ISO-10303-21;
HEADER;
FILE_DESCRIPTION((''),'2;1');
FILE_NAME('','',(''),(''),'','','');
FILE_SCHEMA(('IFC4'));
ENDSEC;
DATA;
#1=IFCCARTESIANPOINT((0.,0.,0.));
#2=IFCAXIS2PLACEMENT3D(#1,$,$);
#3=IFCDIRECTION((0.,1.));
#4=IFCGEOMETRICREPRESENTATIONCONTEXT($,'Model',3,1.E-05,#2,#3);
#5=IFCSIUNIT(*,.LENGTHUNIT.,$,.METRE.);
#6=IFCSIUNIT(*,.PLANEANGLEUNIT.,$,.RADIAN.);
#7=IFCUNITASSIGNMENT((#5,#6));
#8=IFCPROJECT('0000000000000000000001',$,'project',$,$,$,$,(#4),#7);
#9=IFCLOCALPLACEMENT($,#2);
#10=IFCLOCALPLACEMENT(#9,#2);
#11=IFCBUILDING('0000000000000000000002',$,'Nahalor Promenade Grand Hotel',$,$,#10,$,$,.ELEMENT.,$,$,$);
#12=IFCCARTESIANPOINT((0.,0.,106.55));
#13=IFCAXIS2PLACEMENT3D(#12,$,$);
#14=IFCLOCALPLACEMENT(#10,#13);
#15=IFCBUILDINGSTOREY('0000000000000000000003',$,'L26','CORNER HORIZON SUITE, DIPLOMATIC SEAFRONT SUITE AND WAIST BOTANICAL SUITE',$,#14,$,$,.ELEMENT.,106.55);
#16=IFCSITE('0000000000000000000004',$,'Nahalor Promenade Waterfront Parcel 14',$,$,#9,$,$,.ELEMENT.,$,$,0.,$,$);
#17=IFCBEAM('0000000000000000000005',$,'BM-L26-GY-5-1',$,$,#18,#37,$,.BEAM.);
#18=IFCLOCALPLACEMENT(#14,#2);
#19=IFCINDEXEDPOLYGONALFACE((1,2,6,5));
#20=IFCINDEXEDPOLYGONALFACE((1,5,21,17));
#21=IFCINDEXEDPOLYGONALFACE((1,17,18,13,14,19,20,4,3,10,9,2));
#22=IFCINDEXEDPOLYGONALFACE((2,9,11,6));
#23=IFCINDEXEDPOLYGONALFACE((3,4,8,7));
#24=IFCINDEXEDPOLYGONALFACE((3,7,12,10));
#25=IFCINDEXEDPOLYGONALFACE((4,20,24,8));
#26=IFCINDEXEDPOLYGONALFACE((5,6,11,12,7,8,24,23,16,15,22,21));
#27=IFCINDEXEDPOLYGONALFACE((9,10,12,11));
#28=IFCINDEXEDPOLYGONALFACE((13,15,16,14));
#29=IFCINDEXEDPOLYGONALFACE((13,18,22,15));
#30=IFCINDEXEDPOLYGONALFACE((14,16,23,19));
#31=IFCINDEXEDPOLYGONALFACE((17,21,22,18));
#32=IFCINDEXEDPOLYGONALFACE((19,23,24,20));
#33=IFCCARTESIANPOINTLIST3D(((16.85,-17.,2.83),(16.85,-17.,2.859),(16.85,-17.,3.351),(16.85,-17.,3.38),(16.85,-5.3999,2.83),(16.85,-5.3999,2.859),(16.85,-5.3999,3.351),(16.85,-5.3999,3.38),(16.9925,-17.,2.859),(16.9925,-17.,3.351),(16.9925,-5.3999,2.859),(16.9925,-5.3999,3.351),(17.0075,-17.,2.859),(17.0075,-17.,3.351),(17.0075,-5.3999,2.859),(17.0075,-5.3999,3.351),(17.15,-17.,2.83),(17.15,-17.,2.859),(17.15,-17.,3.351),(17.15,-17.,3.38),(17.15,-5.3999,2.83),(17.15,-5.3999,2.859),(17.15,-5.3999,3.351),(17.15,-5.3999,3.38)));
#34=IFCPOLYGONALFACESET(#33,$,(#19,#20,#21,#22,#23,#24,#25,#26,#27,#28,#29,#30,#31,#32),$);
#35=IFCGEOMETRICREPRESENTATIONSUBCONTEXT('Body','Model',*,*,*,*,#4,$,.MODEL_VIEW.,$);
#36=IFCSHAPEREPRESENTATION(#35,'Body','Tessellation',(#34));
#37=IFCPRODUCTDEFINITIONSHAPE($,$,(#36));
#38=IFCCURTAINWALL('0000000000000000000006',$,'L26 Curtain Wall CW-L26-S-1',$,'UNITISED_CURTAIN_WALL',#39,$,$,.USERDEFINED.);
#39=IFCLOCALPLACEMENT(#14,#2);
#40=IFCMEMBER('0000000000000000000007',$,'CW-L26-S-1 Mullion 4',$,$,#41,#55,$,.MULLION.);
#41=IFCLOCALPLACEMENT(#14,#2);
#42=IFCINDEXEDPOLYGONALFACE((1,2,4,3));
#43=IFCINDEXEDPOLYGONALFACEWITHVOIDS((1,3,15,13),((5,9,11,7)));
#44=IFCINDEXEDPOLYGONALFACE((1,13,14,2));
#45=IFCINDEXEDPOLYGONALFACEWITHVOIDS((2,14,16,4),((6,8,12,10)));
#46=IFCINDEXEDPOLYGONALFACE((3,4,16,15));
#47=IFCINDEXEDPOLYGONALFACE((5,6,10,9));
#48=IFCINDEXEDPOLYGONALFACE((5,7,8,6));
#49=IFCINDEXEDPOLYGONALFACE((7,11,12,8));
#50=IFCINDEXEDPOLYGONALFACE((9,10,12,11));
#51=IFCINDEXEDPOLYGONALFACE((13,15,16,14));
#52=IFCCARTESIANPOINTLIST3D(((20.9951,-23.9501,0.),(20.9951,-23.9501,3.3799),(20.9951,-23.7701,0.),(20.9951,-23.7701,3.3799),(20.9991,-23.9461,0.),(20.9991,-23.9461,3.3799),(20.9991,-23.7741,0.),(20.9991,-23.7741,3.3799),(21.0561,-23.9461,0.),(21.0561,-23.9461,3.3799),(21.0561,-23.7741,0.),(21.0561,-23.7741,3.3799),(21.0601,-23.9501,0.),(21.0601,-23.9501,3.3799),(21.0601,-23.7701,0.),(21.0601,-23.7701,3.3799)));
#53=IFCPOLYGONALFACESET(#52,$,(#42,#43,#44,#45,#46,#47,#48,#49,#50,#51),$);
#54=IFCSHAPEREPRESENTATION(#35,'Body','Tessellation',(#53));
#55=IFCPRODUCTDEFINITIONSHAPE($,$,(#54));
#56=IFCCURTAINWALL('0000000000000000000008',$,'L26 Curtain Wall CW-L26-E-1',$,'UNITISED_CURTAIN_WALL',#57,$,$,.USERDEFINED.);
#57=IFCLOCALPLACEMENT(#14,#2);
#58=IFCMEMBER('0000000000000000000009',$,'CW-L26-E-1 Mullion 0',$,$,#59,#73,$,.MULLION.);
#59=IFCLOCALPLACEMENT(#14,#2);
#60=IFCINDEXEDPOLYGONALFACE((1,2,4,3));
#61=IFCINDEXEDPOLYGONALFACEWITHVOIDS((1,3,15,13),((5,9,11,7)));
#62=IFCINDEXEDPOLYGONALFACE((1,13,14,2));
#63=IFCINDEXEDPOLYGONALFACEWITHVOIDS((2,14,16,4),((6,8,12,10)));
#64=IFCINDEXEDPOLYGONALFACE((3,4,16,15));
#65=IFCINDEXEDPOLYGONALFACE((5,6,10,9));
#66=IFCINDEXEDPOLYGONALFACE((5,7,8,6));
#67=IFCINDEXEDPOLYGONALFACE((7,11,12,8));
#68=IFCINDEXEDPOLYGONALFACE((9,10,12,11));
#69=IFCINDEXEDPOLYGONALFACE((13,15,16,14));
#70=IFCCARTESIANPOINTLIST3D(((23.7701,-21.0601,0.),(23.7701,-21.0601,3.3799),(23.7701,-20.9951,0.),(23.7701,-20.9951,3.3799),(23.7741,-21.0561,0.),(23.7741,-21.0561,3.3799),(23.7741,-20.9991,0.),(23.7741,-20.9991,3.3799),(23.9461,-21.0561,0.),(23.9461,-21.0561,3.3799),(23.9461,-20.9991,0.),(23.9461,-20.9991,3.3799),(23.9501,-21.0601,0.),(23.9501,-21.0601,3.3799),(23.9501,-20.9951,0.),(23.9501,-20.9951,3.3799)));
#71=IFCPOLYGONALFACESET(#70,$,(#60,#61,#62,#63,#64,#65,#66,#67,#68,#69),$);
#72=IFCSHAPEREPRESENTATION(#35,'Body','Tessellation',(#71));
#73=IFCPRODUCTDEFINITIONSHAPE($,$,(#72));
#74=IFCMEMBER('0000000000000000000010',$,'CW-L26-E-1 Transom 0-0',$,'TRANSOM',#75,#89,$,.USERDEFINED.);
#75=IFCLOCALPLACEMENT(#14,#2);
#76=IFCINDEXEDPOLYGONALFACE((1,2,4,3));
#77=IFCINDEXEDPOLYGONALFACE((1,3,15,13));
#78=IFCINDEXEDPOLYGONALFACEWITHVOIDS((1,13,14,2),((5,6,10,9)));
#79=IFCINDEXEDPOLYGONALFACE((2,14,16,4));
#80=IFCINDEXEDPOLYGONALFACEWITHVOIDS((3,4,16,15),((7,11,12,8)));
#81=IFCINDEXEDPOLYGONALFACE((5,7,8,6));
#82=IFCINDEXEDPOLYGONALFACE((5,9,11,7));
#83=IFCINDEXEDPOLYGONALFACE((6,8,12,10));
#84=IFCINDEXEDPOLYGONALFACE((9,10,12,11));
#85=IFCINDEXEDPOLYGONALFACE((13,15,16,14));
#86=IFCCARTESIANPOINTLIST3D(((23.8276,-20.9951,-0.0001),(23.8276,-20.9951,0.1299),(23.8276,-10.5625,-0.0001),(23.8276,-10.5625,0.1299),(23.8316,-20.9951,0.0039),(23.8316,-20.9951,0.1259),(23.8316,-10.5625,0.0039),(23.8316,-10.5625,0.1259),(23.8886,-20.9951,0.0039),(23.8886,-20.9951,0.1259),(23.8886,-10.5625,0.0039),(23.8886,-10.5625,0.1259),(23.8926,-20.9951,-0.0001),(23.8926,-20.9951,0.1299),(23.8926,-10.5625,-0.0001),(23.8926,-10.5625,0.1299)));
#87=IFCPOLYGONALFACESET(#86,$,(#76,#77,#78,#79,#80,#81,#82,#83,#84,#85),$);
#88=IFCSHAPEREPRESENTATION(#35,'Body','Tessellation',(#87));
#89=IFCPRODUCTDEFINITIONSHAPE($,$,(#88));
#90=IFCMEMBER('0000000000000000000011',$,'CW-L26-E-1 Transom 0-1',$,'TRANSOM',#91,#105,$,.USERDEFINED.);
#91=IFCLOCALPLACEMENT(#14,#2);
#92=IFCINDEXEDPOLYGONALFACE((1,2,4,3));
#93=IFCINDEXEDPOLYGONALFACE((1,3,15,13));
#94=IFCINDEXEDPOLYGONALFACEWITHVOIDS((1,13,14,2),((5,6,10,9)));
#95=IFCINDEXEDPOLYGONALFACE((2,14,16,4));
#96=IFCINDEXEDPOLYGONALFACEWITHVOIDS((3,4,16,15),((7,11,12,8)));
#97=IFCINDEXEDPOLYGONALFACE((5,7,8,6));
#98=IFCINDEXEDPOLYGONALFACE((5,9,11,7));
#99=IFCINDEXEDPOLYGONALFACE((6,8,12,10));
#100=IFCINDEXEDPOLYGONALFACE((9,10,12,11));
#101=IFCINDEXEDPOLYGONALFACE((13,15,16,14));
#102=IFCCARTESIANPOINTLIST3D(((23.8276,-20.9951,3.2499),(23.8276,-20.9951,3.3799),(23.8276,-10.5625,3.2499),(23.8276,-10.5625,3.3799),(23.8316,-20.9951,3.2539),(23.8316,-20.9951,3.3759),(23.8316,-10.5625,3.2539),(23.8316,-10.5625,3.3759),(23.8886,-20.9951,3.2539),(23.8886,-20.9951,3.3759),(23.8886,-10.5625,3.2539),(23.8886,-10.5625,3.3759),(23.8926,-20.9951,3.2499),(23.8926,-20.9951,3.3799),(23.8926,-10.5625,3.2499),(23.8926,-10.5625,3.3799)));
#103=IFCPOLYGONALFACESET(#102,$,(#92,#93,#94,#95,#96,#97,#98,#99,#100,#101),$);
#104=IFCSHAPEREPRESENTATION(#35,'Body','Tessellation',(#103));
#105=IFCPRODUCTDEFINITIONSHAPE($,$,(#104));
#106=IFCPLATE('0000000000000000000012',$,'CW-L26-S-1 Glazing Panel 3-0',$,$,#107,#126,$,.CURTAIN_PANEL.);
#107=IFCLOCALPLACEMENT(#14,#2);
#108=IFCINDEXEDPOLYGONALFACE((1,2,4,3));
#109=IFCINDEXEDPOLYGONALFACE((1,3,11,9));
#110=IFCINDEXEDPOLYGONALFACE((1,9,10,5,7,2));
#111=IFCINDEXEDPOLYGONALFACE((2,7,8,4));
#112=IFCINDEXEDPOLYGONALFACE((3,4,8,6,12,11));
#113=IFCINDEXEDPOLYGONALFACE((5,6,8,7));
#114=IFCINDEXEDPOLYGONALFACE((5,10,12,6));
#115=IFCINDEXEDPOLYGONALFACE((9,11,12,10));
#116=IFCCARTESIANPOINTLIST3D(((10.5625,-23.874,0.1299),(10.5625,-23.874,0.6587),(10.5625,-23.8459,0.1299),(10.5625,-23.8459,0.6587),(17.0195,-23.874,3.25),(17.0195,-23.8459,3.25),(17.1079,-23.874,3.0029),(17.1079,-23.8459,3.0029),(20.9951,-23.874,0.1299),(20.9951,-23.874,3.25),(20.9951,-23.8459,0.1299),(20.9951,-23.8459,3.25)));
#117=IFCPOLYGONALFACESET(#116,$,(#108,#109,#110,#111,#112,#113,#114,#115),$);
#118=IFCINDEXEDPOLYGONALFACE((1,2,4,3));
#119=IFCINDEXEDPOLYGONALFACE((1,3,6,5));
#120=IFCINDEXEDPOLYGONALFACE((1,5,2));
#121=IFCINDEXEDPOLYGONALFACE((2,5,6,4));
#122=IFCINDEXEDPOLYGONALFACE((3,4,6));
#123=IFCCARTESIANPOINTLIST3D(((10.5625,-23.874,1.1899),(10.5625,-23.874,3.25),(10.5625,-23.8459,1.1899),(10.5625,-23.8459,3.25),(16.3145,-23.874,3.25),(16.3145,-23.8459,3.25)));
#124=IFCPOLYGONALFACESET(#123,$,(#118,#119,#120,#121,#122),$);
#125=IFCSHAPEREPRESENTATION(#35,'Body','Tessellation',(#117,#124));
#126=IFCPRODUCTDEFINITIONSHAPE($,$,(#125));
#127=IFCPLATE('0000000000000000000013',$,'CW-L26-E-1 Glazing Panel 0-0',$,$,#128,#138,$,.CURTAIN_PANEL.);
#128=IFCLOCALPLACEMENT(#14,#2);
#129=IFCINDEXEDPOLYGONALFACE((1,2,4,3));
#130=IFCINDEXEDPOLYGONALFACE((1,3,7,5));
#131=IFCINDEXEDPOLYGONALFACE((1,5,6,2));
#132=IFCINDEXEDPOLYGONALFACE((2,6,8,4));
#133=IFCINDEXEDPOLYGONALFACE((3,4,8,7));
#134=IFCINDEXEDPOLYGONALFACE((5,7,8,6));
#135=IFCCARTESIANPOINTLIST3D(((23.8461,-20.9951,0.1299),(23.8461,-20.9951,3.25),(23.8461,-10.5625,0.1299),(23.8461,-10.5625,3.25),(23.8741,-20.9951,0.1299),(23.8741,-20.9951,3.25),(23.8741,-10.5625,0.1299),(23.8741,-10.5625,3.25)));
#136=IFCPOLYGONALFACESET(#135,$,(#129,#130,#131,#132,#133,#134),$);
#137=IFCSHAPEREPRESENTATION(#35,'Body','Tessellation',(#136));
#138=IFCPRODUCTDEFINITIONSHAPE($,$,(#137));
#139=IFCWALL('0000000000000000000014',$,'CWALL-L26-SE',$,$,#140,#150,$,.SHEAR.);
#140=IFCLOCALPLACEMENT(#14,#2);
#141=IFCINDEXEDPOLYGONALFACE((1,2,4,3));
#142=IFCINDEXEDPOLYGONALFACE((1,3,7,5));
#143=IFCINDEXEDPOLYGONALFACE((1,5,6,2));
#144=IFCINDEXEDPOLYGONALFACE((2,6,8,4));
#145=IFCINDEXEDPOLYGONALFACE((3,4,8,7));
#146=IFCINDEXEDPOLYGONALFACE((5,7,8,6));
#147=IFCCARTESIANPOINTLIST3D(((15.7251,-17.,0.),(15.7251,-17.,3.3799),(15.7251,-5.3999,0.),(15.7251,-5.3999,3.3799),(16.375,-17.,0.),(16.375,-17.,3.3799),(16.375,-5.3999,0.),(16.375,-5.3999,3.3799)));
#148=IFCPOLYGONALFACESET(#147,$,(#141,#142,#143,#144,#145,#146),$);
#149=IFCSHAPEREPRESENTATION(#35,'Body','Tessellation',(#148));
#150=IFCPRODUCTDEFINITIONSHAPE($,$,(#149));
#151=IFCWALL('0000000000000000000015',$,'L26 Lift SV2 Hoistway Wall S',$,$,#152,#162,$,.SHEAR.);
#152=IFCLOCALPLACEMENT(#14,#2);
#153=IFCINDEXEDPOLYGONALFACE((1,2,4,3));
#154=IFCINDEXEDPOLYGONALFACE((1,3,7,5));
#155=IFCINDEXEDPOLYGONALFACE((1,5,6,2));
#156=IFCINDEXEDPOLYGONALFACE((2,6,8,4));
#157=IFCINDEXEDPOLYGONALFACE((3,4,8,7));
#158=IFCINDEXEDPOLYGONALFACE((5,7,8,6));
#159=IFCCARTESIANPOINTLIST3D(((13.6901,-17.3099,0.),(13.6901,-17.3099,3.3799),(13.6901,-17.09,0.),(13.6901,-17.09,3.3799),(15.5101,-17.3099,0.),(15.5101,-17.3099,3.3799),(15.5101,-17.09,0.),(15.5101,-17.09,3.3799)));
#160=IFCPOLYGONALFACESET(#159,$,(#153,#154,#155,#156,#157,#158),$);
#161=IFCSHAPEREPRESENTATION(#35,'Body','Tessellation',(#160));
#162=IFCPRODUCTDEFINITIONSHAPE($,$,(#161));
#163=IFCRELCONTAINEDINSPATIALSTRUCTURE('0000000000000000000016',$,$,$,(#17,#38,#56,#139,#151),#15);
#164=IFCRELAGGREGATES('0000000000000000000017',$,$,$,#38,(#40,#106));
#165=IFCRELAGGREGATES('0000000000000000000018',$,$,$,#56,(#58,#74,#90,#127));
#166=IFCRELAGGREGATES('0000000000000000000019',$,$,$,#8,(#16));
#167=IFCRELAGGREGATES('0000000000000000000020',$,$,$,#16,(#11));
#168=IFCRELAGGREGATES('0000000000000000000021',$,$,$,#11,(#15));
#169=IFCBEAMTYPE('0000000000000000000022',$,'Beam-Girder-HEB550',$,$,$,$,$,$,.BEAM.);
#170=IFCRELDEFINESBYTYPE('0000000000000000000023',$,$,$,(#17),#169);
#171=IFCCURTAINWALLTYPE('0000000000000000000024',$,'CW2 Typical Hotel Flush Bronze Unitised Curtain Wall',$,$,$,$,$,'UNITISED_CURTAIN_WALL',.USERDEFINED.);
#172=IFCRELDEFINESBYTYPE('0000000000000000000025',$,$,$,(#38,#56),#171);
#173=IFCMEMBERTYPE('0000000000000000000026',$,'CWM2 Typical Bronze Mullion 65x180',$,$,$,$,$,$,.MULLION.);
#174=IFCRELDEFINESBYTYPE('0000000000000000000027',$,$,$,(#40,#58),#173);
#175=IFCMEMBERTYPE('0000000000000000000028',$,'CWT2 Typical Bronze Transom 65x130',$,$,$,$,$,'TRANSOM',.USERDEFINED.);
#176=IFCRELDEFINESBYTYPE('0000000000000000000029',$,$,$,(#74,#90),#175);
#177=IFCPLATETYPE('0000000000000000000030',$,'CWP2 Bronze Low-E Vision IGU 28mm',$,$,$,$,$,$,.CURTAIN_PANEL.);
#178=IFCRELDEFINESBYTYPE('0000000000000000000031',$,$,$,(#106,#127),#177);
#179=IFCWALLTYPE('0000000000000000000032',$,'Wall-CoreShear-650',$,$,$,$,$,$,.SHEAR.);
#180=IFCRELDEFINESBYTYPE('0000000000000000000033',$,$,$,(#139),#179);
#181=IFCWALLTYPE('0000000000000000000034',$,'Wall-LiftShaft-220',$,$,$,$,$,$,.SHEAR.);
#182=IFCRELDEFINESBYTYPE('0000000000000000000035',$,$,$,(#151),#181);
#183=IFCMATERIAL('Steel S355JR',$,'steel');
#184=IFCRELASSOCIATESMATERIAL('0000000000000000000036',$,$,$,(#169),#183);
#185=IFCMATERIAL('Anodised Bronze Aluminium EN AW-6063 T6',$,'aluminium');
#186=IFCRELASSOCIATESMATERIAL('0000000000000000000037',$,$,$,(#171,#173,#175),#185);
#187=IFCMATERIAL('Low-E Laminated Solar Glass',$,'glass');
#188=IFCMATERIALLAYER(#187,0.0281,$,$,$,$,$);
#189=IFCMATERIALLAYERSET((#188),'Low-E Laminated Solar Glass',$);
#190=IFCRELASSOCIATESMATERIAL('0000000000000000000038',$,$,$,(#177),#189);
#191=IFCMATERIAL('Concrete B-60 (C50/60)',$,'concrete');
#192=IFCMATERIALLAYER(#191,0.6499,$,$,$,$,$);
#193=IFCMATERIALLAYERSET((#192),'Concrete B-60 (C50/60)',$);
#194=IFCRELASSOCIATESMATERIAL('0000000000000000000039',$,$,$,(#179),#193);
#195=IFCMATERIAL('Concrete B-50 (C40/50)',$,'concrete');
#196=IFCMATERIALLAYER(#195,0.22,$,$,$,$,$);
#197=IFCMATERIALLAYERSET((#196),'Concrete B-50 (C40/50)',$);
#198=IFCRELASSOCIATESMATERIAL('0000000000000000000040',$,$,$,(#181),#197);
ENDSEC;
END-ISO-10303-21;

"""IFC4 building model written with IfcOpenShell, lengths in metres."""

from ifc_helpers import new_model, si_unit, direction, frame, frame_2d, origin, origin_2d, place, context, subcontext, project, spatial, polyline, rectangle, hollow_rectangle, i_section, outline, extrude, source, transform, mapped, material, layer, layer_set, material_profile, profile_set, type_object, element, aggregate, save


model = new_model("IFC4")

# Units and contexts
model_context = context("Model", 3, precision=1e-05, world=origin(), true_north=direction((0.0, 1.0)))
body_context = subcontext(model_context, "Body", "Model", "MODEL_VIEW")
ifc_project = project(units=[si_unit("LENGTHUNIT", "METRE"), si_unit("PLANEANGLEUNIT", "RADIAN")], contexts=[model_context])

# Site, building, storey
site_placement = place(None, origin())
site = spatial("IfcSite", under=ifc_project, at=site_placement, Name="Nahalor Promenade Waterfront Parcel 14", CompositionType="ELEMENT", RefElevation=0.0)
building_placement = place(site_placement, origin())
building = spatial("IfcBuilding", under=site, at=building_placement, Name="Nahalor Promenade Grand Hotel", CompositionType="ELEMENT")
storey_placement = place(building_placement, frame((0.0, 0.0, 106.55)))
storey = spatial("IfcBuildingStorey", under=building, at=storey_placement, Name="L26", Description="CORNER HORIZON SUITE, DIPLOMATIC SEAFRONT SUITE AND WAIST BOTANICAL SUITE", CompositionType="ELEMENT", Elevation=106.55)

# Shared definitions
ifc_material_1 = material(Name="Concrete B-60 (C50/60)", Category="concrete")

# Beam
ifc_material_2 = material(Name="Steel S355JR", Category="steel")
ifc_material_profile_1 = material_profile(ifc_material_2, i_section(OverallWidth=0.3, OverallDepth=0.55, WebThickness=0.015, FlangeThickness=0.029, at=origin_2d()), Name="HEB 550")
ifc_profile_set_1 = profile_set([ifc_material_profile_1], Name="Steel S355JR")
beam_type_1 = type_object("IfcBeamType", Name="Beam-Girder-HEB550", PredefinedType="BEAM", material=ifc_profile_set_1)
shared_shape_1 = source(origin(), body_context, "Body", "SweptSolid", [
    extrude(i_section(OverallWidth=0.3, OverallDepth=0.55, WebThickness=0.015, FlangeThickness=0.029, at=origin_2d()), origin(), (0.0, 0.0, 1.0), 11.6001),
])
beam_1_placement = place(storey_placement, frame((17.0, -17.0, 3.105), z_axis=(0.0, 1.0, 0.0), x_axis=(-1.0, 0.0, 0.0)))
element("IfcBeam", 1, at=beam_1_placement, inside=storey, type_object=beam_type_1, Name="BM-L26-GY-5-1", PredefinedType="BEAM", context=body_context, shape_type="MappedRepresentation", body=[
    mapped(shared_shape_1, transform((0.0, 0.0, 0.0), scale=1.0)),
])

# Curtain wall, member
ifc_material_3 = material(Name="Anodised Bronze Aluminium EN AW-6063 T6", Category="aluminium")
curtain_wall_type = type_object("IfcCurtainWallType", Name="CW2 Typical Hotel Flush Bronze Unitised Curtain Wall", ElementType="UNITISED_CURTAIN_WALL", PredefinedType="USERDEFINED", material=ifc_material_3)
curtain_wall_1_placement = place(storey_placement, origin())
curtain_wall_1 = element("IfcCurtainWall", 2, at=curtain_wall_1_placement, inside=storey, type_object=curtain_wall_type, Name="L26 Curtain Wall CW-L26-S-1", ObjectType="UNITISED_CURTAIN_WALL", PredefinedType="USERDEFINED")
ifc_material_profile_2 = material_profile(ifc_material_3, hollow_rectangle(XDim=0.065, YDim=0.18, WallThickness=0.004, at=origin_2d()), Name="CWM 65x180x4")
ifc_profile_set_2 = profile_set([ifc_material_profile_2], Name="Anodised Bronze Aluminium EN AW-6063 T6")
member_type_1 = type_object("IfcMemberType", Name="CWM2 Typical Bronze Mullion 65x180", PredefinedType="MULLION", material=ifc_profile_set_2)
shared_shape_2 = source(origin(), body_context, "Body", "SweptSolid", [
    extrude(hollow_rectangle(XDim=0.065, YDim=0.18, WallThickness=0.004, at=origin_2d()), origin(), (0.0, 0.0, 1.0), 3.3799),
])
member_1_placement = place(storey_placement, frame((21.0276, -23.8601, 0.0), z_axis=(0.0, 0.0, 1.0), x_axis=(1.0, 0.0, 0.0)))
member_1 = element("IfcMember", 3, at=member_1_placement, type_object=member_type_1, Name="CW-L26-S-1 Mullion 4", PredefinedType="MULLION", context=body_context, shape_type="MappedRepresentation", body=[
    mapped(shared_shape_2, transform((0.0, 0.0, 0.0), scale=1.0)),
])

# Curtain wall, members
curtain_wall_2_placement = place(storey_placement, origin())
curtain_wall_2 = element("IfcCurtainWall", 4, at=curtain_wall_2_placement, inside=storey, type_object=curtain_wall_type, Name="L26 Curtain Wall CW-L26-E-1", ObjectType="UNITISED_CURTAIN_WALL", PredefinedType="USERDEFINED")
member_2_placement = place(storey_placement, frame((23.8601, -21.0276, 0.0), z_axis=(0.0, 0.0, 1.0), x_axis=(0.0, 1.0, 0.0)))
member_2 = element("IfcMember", 5, at=member_2_placement, type_object=member_type_1, Name="CW-L26-E-1 Mullion 0", PredefinedType="MULLION", context=body_context, shape_type="MappedRepresentation", body=[
    mapped(shared_shape_2, transform((0.0, 0.0, 0.0), scale=1.0)),
])
ifc_material_profile_3 = material_profile(ifc_material_3, hollow_rectangle(XDim=0.065, YDim=0.13, WallThickness=0.004, at=origin_2d()), Name="CWT 65x130x4")
ifc_profile_set_3 = profile_set([ifc_material_profile_3], Name="Anodised Bronze Aluminium EN AW-6063 T6")
member_type_2 = type_object("IfcMemberType", Name="CWT2 Typical Bronze Transom 65x130", ElementType="TRANSOM", PredefinedType="USERDEFINED", material=ifc_profile_set_3)
shared_shape_3 = source(origin(), body_context, "Body", "SweptSolid", [
    extrude(hollow_rectangle(XDim=0.065, YDim=0.13, WallThickness=0.004, at=origin_2d()), origin(), (0.0, 0.0, 1.0), 10.4326),
])
member_3_placement = place(storey_placement, frame((23.8601, -20.9951, 0.0649), z_axis=(0.0, 1.0, 0.0), x_axis=(-1.0, 0.0, 0.0)))
member_3 = element("IfcMember", 6, at=member_3_placement, type_object=member_type_2, Name="CW-L26-E-1 Transom 0-0", ObjectType="TRANSOM", PredefinedType="USERDEFINED", context=body_context, shape_type="MappedRepresentation", body=[
    mapped(shared_shape_3, transform((0.0, 0.0, 0.0), scale=1.0)),
])
member_4_placement = place(storey_placement, frame((23.8601, -20.9951, 3.3149), z_axis=(0.0, 1.0, 0.0), x_axis=(-1.0, 0.0, 0.0)))
member_4 = element("IfcMember", 7, at=member_4_placement, type_object=member_type_2, Name="CW-L26-E-1 Transom 0-1", ObjectType="TRANSOM", PredefinedType="USERDEFINED", context=body_context, shape_type="MappedRepresentation", body=[
    mapped(shared_shape_3, transform((0.0, 0.0, 0.0), scale=1.0)),
])

# Plates
ifc_material_4 = material(Name="Low-E Laminated Solar Glass", Category="glass")
ifc_layer_1 = layer(ifc_material_4, 0.0281)
ifc_layer_set_1 = layer_set([ifc_layer_1], Name="Low-E Laminated Solar Glass")
plate_type = type_object("IfcPlateType", Name="CWP2 Bronze Low-E Vision IGU 28mm", PredefinedType="CURTAIN_PANEL", material=ifc_layer_set_1)
plate_1_placement = place(storey_placement, frame((15.7788, -23.8601, 0.1299), z_axis=(0.0, 0.0, 1.0), x_axis=(1.0, 0.0, 0.0)))
plate_1 = element("IfcPlate", 8, at=plate_1_placement, type_object=plate_type, Name="CW-L26-S-1 Glazing Panel 3-0", PredefinedType="CURTAIN_PANEL", context=body_context, shape_type="SweptSolid", body=[
    extrude(outline(polyline([(5.2163, 0.0), (5.2163, 3.1201), (1.2407, 3.1201), (1.3291, 2.873), (-5.2163, 0.5288), (-5.2163, 0.0), (5.2163, 0.0)])), frame((0.0, 0.0142, 0.0), z_axis=(0.0, -1.0, 0.0), x_axis=(1.0, 0.0, 0.0)), (0.0, 0.0, 1.0), 0.0281),
    extrude(outline(polyline([(0.5356, 3.1201), (-5.2163, 3.1201), (-5.2163, 1.0601), (0.5356, 3.1201)])), frame((0.0, 0.0142, 0.0), z_axis=(0.0, -1.0, 0.0), x_axis=(1.0, 0.0, 0.0)), (0.0, 0.0, 1.0), 0.0281),
])
aggregate(curtain_wall_1, [member_1, plate_1])
shared_shape_4 = source(origin(), body_context, "Body", "SweptSolid", [
    extrude(rectangle(XDim=10.4326, YDim=0.0281, at=origin_2d()), origin(), (0.0, 0.0, 1.0), 3.1201),
])
plate_2_placement = place(storey_placement, frame((23.8601, -15.7788, 0.1299), z_axis=(0.0, 0.0, 1.0), x_axis=(0.0, 1.0, 0.0)))
plate_2 = element("IfcPlate", 9, at=plate_2_placement, type_object=plate_type, Name="CW-L26-E-1 Glazing Panel 0-0", PredefinedType="CURTAIN_PANEL", context=body_context, shape_type="MappedRepresentation", body=[
    mapped(shared_shape_4, transform((0.0, 0.0, 0.0), scale=1.0)),
])
aggregate(curtain_wall_2, [member_2, member_3, member_4, plate_2])

# Walls
ifc_layer_2 = layer(ifc_material_1, 0.6499)
ifc_layer_set_2 = layer_set([ifc_layer_2], Name="Concrete B-60 (C50/60)")
wall_type_1 = type_object("IfcWallType", Name="Wall-CoreShear-650", PredefinedType="SHEAR", material=ifc_layer_set_2)
shared_shape_5 = source(origin(), body_context, "Body", "SweptSolid", [
    extrude(rectangle(XDim=11.6001, YDim=0.6499, at=frame_2d((5.8, 0.0))), origin(), (0.0, 0.0, 1.0), 3.3799),
])
wall_1_placement = place(storey_placement, frame((16.05, -17.0, 0.0), z_axis=(0.0, 0.0, 1.0), x_axis=(0.0, 1.0, 0.0)))
element("IfcWall", 10, at=wall_1_placement, inside=storey, type_object=wall_type_1, Name="CWALL-L26-SE", PredefinedType="SHEAR", context=body_context, shape_type="MappedRepresentation", body=[
    mapped(shared_shape_5, transform((0.0, 0.0, 0.0), scale=1.0)),
])
ifc_material_5 = material(Name="Concrete B-50 (C40/50)", Category="concrete")
ifc_layer_3 = layer(ifc_material_5, 0.22)
ifc_layer_set_3 = layer_set([ifc_layer_3], Name="Concrete B-50 (C40/50)")
wall_type_2 = type_object("IfcWallType", Name="Wall-LiftShaft-220", PredefinedType="SHEAR", material=ifc_layer_set_3)
shared_shape_6 = source(origin(), body_context, "Body", "SweptSolid", [
    extrude(rectangle(XDim=1.8201, YDim=0.22, at=frame_2d((0.9102, 0.0))), origin(), (0.0, 0.0, 1.0), 3.3799),
])
wall_2_placement = place(storey_placement, frame((13.6899, -17.2, 0.0), z_axis=(0.0, 0.0, 1.0), x_axis=(1.0, 0.0, 0.0)))
element("IfcWall", 11, at=wall_2_placement, inside=storey, type_object=wall_type_2, Name="L26 Lift SV2 Hoistway Wall S", PredefinedType="SHEAR", context=body_context, shape_type="MappedRepresentation", body=[
    mapped(shared_shape_6, transform((0.0, 0.0, 0.0), scale=1.0)),
])

save(model, "model.ifc")
